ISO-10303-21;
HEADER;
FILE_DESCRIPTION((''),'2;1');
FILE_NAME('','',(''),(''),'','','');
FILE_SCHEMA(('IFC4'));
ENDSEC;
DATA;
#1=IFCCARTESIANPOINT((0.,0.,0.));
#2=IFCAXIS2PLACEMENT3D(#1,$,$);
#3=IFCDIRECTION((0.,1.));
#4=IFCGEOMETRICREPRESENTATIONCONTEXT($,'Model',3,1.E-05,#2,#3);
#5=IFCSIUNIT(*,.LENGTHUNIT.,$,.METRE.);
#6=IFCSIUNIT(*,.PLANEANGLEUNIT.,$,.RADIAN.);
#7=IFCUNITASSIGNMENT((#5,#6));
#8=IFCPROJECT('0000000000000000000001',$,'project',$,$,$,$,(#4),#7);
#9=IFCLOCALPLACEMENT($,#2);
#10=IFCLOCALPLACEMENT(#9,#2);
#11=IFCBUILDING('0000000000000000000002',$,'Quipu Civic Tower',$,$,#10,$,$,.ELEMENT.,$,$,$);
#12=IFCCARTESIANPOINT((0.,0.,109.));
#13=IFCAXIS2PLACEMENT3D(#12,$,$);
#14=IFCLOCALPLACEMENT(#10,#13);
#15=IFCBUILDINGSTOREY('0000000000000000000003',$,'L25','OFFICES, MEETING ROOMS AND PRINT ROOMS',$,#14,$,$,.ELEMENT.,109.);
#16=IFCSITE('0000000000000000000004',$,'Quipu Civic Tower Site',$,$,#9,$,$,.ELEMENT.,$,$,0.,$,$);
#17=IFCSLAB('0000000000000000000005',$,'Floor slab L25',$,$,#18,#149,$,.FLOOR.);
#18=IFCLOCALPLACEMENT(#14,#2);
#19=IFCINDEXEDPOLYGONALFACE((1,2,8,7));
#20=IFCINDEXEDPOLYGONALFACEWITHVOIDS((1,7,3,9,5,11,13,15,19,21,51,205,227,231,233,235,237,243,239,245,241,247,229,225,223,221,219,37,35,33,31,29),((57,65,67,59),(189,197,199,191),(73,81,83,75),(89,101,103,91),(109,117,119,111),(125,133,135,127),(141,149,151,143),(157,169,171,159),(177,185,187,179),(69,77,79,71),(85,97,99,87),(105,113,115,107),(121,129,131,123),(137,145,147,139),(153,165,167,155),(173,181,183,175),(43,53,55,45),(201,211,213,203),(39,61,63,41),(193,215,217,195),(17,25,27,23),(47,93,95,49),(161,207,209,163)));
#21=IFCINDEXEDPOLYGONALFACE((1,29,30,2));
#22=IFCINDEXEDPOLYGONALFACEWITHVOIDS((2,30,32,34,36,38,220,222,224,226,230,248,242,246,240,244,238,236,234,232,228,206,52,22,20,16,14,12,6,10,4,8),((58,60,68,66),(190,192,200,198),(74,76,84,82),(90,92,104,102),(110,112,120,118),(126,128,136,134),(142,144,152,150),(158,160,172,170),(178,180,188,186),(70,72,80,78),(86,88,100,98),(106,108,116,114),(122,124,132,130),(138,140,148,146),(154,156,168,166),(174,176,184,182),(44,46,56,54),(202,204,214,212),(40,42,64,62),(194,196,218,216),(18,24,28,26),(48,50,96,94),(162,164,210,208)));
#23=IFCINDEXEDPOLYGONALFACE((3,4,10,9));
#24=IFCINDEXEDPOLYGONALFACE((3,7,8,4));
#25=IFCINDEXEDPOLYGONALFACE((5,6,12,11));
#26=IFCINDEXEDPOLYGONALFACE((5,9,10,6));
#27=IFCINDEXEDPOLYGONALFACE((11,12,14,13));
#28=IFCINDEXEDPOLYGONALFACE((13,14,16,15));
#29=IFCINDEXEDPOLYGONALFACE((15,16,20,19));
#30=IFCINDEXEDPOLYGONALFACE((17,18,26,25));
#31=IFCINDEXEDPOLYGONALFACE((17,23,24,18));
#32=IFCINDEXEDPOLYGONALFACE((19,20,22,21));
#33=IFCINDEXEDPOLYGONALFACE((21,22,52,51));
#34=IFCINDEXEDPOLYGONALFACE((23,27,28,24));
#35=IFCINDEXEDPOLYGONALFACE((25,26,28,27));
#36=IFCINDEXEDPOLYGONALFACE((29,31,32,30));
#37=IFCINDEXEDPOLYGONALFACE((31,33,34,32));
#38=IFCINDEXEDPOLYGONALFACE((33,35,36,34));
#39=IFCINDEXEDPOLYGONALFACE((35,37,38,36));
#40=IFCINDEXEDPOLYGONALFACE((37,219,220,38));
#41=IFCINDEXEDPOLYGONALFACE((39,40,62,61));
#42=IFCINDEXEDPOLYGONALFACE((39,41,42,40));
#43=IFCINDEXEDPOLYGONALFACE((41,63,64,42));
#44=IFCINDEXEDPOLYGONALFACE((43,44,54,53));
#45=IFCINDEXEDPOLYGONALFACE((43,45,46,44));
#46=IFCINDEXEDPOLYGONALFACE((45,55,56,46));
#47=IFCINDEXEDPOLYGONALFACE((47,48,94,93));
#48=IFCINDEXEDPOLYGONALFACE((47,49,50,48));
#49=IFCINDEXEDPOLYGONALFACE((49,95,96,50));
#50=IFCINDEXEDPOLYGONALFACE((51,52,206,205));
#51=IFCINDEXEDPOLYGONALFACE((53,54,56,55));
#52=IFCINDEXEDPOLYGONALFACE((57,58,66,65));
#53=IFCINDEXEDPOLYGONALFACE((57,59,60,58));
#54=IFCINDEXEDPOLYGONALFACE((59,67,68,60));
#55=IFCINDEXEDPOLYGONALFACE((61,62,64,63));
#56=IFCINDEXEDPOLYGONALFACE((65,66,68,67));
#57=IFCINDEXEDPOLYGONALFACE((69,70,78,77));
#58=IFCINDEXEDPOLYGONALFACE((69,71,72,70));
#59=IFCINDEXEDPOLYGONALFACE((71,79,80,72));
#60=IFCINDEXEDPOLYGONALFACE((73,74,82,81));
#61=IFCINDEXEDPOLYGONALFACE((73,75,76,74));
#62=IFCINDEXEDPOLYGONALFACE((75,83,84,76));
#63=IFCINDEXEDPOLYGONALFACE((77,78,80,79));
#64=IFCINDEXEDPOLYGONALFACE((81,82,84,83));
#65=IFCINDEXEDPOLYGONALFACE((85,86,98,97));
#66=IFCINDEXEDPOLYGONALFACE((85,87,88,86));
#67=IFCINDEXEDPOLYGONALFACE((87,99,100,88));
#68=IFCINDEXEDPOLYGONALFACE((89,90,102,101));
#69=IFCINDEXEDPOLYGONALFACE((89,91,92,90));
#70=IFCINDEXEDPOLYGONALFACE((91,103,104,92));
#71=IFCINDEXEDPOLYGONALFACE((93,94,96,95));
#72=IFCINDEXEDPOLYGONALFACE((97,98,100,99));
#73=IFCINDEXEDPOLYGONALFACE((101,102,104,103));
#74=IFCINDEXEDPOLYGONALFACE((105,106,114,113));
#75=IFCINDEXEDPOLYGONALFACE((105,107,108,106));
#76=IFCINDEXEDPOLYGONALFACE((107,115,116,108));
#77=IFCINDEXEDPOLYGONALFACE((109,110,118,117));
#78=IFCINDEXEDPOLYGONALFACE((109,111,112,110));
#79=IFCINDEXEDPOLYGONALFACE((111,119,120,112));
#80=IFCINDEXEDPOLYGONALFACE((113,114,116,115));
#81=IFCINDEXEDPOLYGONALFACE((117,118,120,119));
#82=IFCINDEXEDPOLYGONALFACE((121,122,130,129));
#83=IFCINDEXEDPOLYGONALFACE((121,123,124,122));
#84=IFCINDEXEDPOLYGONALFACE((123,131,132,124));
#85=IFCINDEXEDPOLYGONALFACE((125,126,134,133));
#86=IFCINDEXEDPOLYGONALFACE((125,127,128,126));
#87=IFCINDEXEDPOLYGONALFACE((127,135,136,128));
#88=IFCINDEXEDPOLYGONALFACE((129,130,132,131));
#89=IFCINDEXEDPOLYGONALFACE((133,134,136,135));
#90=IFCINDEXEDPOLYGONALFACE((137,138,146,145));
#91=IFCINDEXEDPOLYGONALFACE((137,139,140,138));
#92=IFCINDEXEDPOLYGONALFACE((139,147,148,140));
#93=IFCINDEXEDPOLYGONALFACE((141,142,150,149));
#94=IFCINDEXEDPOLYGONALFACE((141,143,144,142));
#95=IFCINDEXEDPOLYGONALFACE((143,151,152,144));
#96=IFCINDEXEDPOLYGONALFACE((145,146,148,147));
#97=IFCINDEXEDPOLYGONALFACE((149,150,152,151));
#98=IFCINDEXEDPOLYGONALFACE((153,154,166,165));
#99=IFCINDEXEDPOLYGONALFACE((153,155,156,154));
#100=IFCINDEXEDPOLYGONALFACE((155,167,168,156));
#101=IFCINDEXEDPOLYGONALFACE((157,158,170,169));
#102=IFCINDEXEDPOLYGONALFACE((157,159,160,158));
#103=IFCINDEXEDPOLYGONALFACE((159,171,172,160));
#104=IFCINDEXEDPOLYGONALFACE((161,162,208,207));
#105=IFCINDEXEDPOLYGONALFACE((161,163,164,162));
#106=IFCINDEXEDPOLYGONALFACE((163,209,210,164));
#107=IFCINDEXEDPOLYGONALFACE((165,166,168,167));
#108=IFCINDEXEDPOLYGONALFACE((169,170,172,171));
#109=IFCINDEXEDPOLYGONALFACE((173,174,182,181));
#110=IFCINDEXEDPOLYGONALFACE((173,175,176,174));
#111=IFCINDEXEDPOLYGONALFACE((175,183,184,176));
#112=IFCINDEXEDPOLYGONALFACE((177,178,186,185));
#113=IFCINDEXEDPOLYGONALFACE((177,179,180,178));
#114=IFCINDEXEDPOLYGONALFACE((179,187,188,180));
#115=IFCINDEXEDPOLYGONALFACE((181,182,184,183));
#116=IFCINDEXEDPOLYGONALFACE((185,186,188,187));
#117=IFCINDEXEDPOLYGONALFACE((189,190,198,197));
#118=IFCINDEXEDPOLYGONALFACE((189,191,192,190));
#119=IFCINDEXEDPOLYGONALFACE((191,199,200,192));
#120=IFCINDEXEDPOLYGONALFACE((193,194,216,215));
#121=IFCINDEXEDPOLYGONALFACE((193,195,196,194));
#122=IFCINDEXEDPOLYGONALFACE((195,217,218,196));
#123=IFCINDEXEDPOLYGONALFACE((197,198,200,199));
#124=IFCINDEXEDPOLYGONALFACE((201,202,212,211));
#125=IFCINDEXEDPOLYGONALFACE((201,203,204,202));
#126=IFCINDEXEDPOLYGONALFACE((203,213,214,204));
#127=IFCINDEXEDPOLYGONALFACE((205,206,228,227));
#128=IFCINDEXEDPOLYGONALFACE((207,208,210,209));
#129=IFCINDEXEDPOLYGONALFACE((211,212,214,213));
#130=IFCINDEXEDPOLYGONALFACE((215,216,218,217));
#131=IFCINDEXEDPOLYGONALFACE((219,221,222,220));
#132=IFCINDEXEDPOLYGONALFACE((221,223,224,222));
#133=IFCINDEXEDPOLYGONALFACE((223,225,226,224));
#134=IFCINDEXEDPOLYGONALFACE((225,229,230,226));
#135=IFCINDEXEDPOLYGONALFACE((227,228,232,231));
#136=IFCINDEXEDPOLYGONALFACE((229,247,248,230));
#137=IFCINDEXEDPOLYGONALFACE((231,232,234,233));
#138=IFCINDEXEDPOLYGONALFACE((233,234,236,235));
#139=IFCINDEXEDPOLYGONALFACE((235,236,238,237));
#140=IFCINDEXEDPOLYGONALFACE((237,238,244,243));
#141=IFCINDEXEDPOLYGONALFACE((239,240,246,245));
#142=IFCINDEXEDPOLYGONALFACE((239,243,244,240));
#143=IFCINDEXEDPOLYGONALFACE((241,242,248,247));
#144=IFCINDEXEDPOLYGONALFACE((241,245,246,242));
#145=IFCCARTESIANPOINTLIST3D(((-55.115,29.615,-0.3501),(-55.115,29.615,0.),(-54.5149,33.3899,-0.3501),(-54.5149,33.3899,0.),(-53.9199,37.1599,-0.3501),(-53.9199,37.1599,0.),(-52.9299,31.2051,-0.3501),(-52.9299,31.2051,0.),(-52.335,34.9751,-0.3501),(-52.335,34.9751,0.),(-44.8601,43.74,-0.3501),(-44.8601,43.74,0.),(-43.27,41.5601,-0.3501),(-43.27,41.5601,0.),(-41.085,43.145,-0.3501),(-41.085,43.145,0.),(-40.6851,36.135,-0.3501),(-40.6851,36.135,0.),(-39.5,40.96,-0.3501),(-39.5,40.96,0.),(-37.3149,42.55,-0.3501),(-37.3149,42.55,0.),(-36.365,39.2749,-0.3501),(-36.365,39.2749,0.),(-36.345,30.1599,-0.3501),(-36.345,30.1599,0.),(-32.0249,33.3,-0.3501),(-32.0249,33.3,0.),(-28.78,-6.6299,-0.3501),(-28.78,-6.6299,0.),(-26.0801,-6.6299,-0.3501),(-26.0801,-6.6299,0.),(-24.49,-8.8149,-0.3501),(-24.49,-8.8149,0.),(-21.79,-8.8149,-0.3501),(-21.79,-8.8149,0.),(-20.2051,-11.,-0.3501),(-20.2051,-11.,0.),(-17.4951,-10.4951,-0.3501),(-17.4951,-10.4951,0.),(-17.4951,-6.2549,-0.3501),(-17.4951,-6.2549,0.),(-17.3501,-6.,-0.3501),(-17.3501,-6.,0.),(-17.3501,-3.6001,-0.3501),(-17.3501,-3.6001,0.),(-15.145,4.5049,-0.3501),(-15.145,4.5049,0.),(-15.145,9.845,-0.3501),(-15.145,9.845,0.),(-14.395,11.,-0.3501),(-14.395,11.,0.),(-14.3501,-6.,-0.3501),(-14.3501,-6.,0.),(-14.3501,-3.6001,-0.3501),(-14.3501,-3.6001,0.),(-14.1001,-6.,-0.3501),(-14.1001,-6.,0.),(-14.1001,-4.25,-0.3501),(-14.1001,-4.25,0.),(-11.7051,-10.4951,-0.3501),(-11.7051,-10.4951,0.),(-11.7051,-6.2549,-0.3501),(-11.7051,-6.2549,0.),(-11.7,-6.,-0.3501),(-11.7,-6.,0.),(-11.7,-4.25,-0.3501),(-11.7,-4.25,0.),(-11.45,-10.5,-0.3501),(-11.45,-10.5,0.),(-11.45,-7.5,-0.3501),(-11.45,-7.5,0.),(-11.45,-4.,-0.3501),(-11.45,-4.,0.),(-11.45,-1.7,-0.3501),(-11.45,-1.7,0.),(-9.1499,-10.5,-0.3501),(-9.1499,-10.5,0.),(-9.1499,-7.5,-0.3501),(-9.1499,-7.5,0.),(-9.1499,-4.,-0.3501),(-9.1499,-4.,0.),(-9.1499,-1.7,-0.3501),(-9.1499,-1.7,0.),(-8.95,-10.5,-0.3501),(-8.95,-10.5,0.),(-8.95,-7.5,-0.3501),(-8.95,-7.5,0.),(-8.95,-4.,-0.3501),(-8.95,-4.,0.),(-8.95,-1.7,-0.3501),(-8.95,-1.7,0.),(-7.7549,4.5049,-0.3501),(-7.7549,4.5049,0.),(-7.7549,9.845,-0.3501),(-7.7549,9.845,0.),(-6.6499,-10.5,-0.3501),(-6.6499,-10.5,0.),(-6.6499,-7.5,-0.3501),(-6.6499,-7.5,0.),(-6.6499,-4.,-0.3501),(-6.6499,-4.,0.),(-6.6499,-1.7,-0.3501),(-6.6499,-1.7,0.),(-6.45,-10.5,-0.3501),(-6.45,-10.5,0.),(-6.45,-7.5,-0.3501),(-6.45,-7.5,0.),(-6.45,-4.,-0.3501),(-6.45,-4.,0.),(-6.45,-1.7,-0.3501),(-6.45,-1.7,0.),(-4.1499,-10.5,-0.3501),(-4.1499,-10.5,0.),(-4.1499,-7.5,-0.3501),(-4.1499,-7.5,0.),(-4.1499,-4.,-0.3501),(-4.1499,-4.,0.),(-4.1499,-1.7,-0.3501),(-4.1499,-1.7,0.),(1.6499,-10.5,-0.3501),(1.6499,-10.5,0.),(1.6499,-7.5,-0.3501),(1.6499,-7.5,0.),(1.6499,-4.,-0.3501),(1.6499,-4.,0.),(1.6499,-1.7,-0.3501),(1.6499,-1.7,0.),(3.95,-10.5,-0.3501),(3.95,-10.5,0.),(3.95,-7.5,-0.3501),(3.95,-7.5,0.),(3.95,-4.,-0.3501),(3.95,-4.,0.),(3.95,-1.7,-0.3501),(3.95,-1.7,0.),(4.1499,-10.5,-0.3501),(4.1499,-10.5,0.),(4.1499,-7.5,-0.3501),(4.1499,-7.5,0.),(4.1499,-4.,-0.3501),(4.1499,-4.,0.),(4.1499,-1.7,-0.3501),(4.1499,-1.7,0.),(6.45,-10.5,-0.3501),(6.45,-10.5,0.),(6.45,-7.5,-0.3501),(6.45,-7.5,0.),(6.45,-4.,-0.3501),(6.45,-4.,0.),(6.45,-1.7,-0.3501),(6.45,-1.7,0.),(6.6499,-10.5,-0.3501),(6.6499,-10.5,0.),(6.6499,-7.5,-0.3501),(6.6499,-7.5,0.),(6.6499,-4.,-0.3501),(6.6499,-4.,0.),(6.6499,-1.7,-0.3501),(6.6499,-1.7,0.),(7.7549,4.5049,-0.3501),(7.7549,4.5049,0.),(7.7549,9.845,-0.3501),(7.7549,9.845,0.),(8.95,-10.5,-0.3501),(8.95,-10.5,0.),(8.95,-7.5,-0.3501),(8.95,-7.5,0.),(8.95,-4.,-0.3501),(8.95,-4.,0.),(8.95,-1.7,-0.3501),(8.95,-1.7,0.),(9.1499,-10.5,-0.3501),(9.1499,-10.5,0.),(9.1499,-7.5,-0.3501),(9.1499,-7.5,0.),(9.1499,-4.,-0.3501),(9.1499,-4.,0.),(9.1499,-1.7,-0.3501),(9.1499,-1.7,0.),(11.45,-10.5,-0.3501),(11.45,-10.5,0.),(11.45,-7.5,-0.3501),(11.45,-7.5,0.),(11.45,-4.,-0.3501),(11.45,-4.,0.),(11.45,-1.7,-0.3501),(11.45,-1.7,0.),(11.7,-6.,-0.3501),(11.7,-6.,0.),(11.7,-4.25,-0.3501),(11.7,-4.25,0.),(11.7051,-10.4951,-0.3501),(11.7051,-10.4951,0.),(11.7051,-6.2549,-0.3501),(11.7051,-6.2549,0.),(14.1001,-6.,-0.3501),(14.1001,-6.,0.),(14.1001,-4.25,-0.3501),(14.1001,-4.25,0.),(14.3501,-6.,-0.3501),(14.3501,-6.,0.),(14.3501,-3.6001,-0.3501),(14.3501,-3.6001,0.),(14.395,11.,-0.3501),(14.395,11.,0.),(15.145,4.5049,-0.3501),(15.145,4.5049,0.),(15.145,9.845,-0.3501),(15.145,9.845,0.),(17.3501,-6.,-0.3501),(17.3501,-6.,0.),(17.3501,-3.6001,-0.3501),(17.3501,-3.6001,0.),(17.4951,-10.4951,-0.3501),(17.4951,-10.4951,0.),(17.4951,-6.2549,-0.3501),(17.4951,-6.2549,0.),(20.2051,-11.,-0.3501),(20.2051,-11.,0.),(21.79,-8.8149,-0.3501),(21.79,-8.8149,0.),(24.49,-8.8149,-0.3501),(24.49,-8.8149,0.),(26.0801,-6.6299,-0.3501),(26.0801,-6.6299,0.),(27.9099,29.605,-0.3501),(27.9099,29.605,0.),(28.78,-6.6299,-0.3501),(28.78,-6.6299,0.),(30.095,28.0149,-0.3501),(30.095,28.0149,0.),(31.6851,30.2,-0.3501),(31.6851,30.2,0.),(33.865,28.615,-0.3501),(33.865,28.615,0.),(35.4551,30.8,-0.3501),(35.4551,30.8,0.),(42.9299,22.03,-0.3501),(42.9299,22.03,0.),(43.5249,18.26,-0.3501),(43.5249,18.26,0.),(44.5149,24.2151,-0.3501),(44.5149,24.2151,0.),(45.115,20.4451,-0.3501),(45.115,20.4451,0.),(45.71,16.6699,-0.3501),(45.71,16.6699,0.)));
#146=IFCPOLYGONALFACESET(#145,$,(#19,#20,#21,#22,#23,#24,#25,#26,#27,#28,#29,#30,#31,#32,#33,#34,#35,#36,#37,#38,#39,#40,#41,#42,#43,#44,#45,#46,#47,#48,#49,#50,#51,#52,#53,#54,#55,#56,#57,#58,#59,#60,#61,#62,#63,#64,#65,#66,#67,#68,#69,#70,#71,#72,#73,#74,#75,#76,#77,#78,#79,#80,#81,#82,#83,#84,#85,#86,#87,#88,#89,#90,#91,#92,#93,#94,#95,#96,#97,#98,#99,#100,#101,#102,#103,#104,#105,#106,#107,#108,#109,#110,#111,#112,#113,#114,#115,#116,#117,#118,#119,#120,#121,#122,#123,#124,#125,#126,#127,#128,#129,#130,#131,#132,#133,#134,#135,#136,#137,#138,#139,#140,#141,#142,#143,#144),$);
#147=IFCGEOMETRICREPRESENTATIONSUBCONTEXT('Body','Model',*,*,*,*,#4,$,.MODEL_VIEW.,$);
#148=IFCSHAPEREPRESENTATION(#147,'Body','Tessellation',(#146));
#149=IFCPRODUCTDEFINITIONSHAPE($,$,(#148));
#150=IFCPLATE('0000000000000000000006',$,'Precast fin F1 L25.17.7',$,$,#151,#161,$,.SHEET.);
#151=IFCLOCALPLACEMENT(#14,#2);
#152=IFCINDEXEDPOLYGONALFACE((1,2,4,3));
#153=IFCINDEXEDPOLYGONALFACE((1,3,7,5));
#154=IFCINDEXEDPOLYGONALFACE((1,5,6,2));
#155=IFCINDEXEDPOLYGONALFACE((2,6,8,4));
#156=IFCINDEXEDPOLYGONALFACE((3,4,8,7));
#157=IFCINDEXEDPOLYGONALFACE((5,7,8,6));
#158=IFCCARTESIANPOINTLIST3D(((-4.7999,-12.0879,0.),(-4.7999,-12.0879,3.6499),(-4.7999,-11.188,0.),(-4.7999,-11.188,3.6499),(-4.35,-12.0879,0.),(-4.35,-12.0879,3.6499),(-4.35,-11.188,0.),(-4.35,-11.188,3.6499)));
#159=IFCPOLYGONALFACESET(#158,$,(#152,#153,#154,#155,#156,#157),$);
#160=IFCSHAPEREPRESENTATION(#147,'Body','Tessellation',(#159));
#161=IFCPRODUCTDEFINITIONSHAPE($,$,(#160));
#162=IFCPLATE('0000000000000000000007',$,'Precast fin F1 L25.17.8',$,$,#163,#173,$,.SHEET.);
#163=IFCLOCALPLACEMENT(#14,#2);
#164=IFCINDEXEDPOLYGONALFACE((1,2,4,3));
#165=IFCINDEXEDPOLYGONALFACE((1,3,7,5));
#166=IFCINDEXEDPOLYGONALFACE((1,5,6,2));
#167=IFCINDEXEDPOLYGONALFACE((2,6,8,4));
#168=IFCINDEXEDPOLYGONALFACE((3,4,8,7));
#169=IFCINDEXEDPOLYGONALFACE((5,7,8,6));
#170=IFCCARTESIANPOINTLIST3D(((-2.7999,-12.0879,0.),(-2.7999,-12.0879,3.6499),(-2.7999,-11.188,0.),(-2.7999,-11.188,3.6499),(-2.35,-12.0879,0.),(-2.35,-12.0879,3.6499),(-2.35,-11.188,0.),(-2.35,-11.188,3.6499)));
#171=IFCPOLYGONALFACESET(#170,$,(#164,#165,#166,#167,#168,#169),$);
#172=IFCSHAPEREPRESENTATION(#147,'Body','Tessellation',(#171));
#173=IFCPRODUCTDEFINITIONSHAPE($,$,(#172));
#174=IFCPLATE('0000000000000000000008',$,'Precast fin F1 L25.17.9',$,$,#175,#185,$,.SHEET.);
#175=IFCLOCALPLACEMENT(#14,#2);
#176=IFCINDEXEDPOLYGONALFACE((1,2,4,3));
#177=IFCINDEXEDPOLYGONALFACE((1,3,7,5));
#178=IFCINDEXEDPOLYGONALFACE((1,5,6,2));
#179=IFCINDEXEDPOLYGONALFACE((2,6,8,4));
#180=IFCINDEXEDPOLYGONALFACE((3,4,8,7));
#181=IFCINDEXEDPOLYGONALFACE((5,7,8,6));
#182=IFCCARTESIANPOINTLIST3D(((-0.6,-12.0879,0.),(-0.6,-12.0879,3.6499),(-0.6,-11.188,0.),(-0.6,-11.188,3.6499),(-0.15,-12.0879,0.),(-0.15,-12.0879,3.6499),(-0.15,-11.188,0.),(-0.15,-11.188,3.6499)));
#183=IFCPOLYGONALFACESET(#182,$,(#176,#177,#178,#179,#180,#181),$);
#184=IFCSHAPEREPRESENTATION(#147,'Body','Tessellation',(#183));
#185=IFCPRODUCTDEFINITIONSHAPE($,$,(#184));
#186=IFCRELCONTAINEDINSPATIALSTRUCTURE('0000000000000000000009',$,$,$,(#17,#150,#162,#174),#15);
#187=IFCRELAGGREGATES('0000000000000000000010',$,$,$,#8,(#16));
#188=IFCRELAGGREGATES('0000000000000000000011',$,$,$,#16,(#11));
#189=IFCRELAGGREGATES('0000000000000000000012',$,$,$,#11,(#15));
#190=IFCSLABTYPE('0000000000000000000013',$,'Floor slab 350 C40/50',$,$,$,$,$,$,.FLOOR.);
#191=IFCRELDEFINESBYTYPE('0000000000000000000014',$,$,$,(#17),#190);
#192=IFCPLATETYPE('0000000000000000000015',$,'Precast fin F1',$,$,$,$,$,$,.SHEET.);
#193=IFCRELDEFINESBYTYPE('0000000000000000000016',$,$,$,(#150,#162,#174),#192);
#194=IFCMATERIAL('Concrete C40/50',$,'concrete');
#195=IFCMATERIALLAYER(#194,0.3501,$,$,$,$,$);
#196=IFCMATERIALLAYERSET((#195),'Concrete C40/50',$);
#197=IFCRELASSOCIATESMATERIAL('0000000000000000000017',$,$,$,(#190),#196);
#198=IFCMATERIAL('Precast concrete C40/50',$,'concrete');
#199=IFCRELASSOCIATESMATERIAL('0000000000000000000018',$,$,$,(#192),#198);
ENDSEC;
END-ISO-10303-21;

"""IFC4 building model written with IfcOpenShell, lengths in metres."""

from ifc_helpers import new_model, si_unit, direction, frame, origin, origin_2d, place, context, subcontext, project, spatial, polyline, rectangle, outline, extrude, material, layer, layer_set, type_object, element, save


model = new_model("IFC4")

# Units and contexts
model_context = context("Model", 3, precision=1e-05, world=origin(), true_north=direction((0.0, 1.0)))
body_context = subcontext(model_context, "Body", "Model", "MODEL_VIEW")
ifc_project = project(units=[si_unit("LENGTHUNIT", "METRE"), si_unit("PLANEANGLEUNIT", "RADIAN")], contexts=[model_context])

# Site, building, storey
site_placement = place(None, origin())
site = spatial("IfcSite", under=ifc_project, at=site_placement, Name="Quipu Civic Tower Site", CompositionType="ELEMENT", RefElevation=0.0)
building_placement = place(site_placement, origin())
building = spatial("IfcBuilding", under=site, at=building_placement, Name="Quipu Civic Tower", CompositionType="ELEMENT")
storey_placement = place(building_placement, frame((0.0, 0.0, 109.0)))
storey = spatial("IfcBuildingStorey", under=building, at=storey_placement, Name="L25", Description="OFFICES, MEETING ROOMS AND PRINT ROOMS", CompositionType="ELEMENT", Elevation=109.0)

# Slab
ifc_material_1 = material(Name="Concrete C40/50", Category="concrete")
ifc_layer_1 = layer(ifc_material_1, 0.3501)
ifc_layer_set_1 = layer_set([ifc_layer_1], Name="Concrete C40/50")
slab_type_1 = type_object("IfcSlabType", Name="Floor slab 350 C40/50", PredefinedType="FLOOR", material=ifc_layer_set_1)
slab_1_placement = place(storey_placement, frame((0.0, 0.0, -0.3501)))
element("IfcSlab", 1, at=slab_1_placement, inside=storey, type_object=slab_type_1, Name="Floor slab L25", PredefinedType="FLOOR", context=body_context, shape_type="SweptSolid", body=[
    extrude(outline(polyline([(27.9099, 29.605), (30.095, 28.0149), (31.6851, 30.2), (33.865, 28.615), (35.4551, 30.8), (44.5149, 24.2151), (42.9299, 22.03), (45.115, 20.4451), (43.5249, 18.26), (45.71, 16.6699), (28.78, -6.6299), (26.0801, -6.6299), (24.49, -8.8149), (21.79, -8.8149), (20.2051, -11.0), (-20.2051, -11.0), (-21.79, -8.8149), (-24.49, -8.8149), (-26.0801, -6.6299), (-28.78, -6.6299), (-55.115, 29.615), (-52.9299, 31.2051), (-54.5149, 33.3899), (-52.335, 34.9751), (-53.9199, 37.1599), (-44.8601, 43.74), (-43.27, 41.5601), (-41.085, 43.145), (-39.5, 40.96), (-37.3149, 42.55), (-14.395, 11.0), (14.395, 11.0), (27.9099, 29.605)]), holes=[polyline([(-11.45, -7.5), (-11.45, -10.5), (-9.1499, -10.5), (-9.1499, -7.5), (-11.45, -7.5)]), polyline([(-8.95, -7.5), (-8.95, -10.5), (-6.6499, -10.5), (-6.6499, -7.5), (-8.95, -7.5)]), polyline([(-6.45, -7.5), (-6.45, -10.5), (-4.1499, -10.5), (-4.1499, -7.5), (-6.45, -7.5)]), polyline([(-11.7051, -10.4951), (-11.7051, -6.2549), (-17.4951, -6.2549), (-17.4951, -10.4951), (-11.7051, -10.4951)]), polyline([(-11.7, -4.25), (-14.1001, -4.25), (-14.1001, -6.0), (-11.7, -6.0), (-11.7, -4.25)]), polyline([(-17.3501, -3.6001), (-17.3501, -6.0), (-14.3501, -6.0), (-14.3501, -3.6001), (-17.3501, -3.6001)]), polyline([(-9.1499, -1.7), (-11.45, -1.7), (-11.45, -4.0), (-9.1499, -4.0), (-9.1499, -1.7)]), polyline([(-6.6499, -1.7), (-8.95, -1.7), (-8.95, -4.0), (-6.6499, -4.0), (-6.6499, -1.7)]), polyline([(-6.45, -1.7), (-6.45, -4.0), (-4.1499, -4.0), (-4.1499, -1.7), (-6.45, -1.7)]), polyline([(3.95, -1.7), (1.6499, -1.7), (1.6499, -4.0), (3.95, -4.0), (3.95, -1.7)]), polyline([(-7.7549, 4.5049), (-7.7549, 9.845), (-15.145, 9.845), (-15.145, 4.5049), (-7.7549, 4.5049)]), polyline([(-40.6851, 36.135), (-36.345, 30.1599), (-32.0249, 33.3), (-36.365, 39.2749), (-40.6851, 36.135)]), polyline([(3.95, -7.5), (1.6499, -7.5), (1.6499, -10.5), (3.95, -10.5), (3.95, -7.5)]), polyline([(6.45, -7.5), (4.1499, -7.5), (4.1499, -10.5), (6.45, -10.5), (6.45, -7.5)]), polyline([(6.6499, -7.5), (6.6499, -10.5), (8.95, -10.5), (8.95, -7.5), (6.6499, -7.5)]), polyline([(11.45, -7.5), (9.1499, -7.5), (9.1499, -10.5), (11.45, -10.5), (11.45, -7.5)]), polyline([(11.7051, -6.2549), (11.7051, -10.4951), (17.4951, -10.4951), (17.4951, -6.2549), (11.7051, -6.2549)]), polyline([(11.7, -4.25), (11.7, -6.0), (14.1001, -6.0), (14.1001, -4.25), (11.7, -4.25)]), polyline([(17.3501, -3.6001), (14.3501, -3.6001), (14.3501, -6.0), (17.3501, -6.0), (17.3501, -3.6001)]), polyline([(6.45, -1.7), (4.1499, -1.7), (4.1499, -4.0), (6.45, -4.0), (6.45, -1.7)]), polyline([(6.6499, -1.7), (6.6499, -4.0), (8.95, -4.0), (8.95, -1.7), (6.6499, -1.7)]), polyline([(11.45, -1.7), (9.1499, -1.7), (9.1499, -4.0), (11.45, -4.0), (11.45, -1.7)]), polyline([(7.7549, 9.845), (7.7549, 4.5049), (15.145, 4.5049), (15.145, 9.845), (7.7549, 9.845)])]), origin(), (0.0, 0.0, 1.0), 0.3501),
])

# Plates
ifc_material_2 = material(Name="Precast concrete C40/50", Category="concrete")
plate_type = type_object("IfcPlateType", Name="Precast fin F1", PredefinedType="SHEET", material=ifc_material_2)
for number, where, z_axis, x_axis, name in (
    (2, (-4.575, -11.6379, 0.0), (0.0, 0.0, 1.0), (1.0, 0.0, 0.0), "Precast fin F1 L25.17.7"),
    (3, (-2.575, -11.6379, 0.0), (0.0, 0.0, 1.0), (1.0, 0.0, 0.0), "Precast fin F1 L25.17.8"),
    (4, (-0.375, -11.6379, 0.0), (0.0, 0.0, 1.0), (1.0, 0.0, 0.0), "Precast fin F1 L25.17.9"),
):
    element("IfcPlate", number, at=place(storey_placement, frame(where, z_axis=z_axis, x_axis=x_axis)), inside=storey, type_object=plate_type, Name=name, PredefinedType="SHEET", context=body_context, shape_type="SweptSolid", body=[
        extrude(rectangle(XDim=0.45, YDim=0.8999, at=origin_2d()), origin(), (0.0, 0.0, 1.0), 3.6499),
    ])

save(model, "model.ifc")
